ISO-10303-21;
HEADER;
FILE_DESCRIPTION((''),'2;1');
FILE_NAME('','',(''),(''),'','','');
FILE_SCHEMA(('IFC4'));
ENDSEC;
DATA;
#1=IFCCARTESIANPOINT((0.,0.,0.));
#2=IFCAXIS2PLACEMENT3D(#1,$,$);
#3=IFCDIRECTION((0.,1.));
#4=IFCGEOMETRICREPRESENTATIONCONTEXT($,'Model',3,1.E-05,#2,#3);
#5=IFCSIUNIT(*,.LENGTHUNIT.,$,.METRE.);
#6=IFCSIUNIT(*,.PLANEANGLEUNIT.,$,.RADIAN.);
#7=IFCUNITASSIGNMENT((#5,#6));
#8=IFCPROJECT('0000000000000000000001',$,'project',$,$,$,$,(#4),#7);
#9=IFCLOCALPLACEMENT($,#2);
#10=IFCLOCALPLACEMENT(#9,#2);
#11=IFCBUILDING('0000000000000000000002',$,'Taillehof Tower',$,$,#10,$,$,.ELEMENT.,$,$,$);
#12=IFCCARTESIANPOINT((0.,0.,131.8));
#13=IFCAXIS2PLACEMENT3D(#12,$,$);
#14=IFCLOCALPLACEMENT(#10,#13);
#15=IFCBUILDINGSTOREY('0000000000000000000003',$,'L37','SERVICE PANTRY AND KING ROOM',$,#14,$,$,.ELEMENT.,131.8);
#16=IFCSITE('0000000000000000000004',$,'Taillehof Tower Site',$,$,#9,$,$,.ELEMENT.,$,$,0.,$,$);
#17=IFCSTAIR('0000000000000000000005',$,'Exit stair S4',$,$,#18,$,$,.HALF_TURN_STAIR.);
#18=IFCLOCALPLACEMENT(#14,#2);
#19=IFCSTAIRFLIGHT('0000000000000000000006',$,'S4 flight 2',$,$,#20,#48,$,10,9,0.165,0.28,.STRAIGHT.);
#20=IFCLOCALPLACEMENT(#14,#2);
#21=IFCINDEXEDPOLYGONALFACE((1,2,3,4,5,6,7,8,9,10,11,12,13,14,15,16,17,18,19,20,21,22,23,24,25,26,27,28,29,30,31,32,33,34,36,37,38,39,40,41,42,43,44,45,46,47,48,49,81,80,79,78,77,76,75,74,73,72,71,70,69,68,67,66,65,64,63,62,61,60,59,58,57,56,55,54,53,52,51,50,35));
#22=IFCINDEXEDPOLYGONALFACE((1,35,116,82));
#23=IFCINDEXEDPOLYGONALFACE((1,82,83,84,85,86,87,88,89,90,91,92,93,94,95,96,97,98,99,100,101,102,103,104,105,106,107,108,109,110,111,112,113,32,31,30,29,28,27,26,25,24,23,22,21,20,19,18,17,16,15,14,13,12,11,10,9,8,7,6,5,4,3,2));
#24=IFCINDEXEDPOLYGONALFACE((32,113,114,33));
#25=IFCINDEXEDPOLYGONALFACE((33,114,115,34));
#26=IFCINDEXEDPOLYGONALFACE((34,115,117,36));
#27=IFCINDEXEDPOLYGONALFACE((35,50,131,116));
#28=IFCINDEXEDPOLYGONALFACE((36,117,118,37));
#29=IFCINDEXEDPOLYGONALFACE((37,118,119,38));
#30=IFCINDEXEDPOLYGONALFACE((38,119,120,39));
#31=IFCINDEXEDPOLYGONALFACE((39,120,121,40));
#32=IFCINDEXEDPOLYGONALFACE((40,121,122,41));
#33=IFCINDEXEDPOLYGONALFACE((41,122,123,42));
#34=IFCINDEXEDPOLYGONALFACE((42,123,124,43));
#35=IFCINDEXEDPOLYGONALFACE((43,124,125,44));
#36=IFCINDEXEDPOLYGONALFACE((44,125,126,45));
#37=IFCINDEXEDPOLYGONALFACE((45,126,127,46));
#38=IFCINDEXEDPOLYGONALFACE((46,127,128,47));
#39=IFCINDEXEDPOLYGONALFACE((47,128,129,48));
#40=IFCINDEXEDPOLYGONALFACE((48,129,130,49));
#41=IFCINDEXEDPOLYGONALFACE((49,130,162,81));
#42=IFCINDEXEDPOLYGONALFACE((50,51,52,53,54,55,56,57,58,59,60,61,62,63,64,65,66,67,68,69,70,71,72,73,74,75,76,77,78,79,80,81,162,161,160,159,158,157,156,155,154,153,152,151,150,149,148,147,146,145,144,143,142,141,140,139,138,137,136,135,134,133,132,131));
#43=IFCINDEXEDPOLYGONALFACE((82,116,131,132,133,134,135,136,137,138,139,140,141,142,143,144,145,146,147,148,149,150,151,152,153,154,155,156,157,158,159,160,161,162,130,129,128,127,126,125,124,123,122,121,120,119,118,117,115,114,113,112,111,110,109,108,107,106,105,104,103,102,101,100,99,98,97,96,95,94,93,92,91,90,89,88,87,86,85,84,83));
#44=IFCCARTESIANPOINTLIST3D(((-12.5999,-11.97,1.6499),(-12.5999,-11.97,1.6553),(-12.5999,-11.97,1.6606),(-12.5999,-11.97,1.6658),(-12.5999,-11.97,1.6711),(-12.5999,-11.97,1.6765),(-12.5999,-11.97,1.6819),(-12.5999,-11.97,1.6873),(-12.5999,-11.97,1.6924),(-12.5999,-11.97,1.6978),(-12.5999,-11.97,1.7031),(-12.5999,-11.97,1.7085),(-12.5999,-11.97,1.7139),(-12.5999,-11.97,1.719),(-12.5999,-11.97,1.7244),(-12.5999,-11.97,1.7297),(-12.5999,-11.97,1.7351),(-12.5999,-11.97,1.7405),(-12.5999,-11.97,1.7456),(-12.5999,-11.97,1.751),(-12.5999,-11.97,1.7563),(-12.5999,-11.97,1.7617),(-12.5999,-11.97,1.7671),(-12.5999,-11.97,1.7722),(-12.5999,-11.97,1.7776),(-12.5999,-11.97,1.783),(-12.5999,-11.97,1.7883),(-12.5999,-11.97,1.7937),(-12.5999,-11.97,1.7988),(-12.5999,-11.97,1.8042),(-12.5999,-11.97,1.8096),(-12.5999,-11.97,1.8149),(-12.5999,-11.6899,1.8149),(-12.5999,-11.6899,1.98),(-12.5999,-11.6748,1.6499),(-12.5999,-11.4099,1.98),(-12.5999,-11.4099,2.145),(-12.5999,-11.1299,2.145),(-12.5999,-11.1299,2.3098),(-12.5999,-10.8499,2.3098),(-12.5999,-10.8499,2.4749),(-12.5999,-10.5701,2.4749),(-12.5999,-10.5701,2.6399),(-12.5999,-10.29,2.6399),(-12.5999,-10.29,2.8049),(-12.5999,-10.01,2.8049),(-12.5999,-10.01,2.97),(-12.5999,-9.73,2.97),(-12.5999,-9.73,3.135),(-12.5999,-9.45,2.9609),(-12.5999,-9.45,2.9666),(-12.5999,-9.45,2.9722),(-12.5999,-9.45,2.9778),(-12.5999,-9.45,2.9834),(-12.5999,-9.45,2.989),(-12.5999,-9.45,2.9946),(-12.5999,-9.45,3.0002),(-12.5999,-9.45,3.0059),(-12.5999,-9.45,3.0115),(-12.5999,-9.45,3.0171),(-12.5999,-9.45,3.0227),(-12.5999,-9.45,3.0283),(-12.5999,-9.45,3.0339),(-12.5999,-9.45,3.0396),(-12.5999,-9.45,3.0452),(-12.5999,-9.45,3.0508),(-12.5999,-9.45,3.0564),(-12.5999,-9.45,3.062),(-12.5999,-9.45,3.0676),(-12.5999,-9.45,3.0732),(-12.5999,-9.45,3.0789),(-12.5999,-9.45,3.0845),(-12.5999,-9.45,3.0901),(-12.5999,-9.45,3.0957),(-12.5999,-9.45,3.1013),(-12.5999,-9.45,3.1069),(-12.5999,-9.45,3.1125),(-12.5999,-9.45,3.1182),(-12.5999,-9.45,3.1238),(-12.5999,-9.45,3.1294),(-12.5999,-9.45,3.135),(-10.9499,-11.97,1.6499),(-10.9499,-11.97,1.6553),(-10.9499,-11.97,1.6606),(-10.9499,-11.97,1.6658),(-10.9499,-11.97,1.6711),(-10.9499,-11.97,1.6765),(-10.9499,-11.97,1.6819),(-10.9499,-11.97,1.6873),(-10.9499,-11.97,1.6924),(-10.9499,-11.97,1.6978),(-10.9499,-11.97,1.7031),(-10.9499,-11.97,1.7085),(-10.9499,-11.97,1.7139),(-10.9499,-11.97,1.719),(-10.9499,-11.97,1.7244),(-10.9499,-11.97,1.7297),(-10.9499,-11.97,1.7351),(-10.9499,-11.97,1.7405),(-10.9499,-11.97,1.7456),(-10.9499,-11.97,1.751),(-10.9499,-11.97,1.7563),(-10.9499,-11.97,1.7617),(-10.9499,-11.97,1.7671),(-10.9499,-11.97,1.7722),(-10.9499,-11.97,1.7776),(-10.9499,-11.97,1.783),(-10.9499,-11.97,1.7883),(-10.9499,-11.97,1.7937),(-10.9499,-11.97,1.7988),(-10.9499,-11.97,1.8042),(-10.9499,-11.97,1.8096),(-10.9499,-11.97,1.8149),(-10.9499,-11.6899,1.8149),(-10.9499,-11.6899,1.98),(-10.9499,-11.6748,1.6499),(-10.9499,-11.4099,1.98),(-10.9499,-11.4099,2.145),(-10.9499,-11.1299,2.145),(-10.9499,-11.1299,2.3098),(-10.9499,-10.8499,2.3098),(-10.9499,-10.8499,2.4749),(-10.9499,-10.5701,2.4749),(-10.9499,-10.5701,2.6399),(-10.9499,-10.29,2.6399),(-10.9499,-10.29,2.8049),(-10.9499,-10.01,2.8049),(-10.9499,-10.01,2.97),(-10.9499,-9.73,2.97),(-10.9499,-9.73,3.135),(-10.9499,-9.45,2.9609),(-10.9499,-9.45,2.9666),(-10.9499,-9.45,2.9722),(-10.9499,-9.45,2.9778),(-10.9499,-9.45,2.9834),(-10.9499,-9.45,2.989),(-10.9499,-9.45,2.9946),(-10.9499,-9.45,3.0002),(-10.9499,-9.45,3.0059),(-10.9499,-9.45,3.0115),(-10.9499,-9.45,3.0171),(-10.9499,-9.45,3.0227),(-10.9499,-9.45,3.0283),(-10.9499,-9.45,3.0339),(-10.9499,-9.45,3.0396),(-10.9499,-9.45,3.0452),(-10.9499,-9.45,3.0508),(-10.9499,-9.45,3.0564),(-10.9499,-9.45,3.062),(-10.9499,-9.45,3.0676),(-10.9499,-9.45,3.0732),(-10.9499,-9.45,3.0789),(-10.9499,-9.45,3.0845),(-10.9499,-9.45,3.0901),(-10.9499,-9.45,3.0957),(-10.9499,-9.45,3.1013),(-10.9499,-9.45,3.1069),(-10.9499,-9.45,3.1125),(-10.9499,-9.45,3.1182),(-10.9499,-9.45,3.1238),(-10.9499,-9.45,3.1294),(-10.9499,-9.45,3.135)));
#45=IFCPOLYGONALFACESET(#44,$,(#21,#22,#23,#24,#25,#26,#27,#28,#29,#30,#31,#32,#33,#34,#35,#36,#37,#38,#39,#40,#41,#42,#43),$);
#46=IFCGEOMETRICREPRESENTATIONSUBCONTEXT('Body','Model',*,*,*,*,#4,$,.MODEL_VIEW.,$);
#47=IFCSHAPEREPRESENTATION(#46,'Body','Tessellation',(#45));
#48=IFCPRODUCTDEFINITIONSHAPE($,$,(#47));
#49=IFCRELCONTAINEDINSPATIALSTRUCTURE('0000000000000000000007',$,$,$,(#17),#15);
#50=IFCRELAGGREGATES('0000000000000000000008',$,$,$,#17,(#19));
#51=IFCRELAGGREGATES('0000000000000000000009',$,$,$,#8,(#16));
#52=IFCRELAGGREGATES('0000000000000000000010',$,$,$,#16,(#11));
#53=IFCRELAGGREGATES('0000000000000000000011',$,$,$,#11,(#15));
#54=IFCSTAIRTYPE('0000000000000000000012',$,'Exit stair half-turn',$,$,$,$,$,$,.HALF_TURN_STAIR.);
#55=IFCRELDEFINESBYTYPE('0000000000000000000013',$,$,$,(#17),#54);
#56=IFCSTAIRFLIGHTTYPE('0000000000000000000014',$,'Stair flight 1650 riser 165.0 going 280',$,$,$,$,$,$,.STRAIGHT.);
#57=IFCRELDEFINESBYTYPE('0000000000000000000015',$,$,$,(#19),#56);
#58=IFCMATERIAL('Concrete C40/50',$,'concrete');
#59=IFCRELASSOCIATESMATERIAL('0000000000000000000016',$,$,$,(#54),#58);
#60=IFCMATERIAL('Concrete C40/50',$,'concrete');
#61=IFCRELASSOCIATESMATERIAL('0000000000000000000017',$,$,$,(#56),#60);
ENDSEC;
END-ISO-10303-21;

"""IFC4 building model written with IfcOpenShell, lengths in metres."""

from ifc_helpers import new_model, si_unit, direction, frame, origin, place, context, subcontext, project, spatial, polyline, outline, extrude, material, type_object, element, aggregate, save


model = new_model("IFC4")

# Units and contexts
model_context = context("Model", 3, precision=1e-05, world=origin(), true_north=direction((0.0, 1.0)))
body_context = subcontext(model_context, "Body", "Model", "MODEL_VIEW")
ifc_project = project(units=[si_unit("LENGTHUNIT", "METRE"), si_unit("PLANEANGLEUNIT", "RADIAN")], contexts=[model_context])

# Site, building, storey
site_placement = place(None, origin())
site = spatial("IfcSite", under=ifc_project, at=site_placement, Name="Taillehof Tower Site", CompositionType="ELEMENT", RefElevation=0.0)
building_placement = place(site_placement, origin())
building = spatial("IfcBuilding", under=site, at=building_placement, Name="Taillehof Tower", CompositionType="ELEMENT")
storey_placement = place(building_placement, frame((0.0, 0.0, 131.8)))
storey = spatial("IfcBuildingStorey", under=building, at=storey_placement, Name="L37", Description="SERVICE PANTRY AND KING ROOM", CompositionType="ELEMENT", Elevation=131.8)

# Stair, stair flight
ifc_material_1 = material(Name="Concrete C40/50", Category="concrete")
stair_type = type_object("IfcStairType", Name="Exit stair half-turn", PredefinedType="HALF_TURN_STAIR", material=ifc_material_1)
stair_placement = place(storey_placement, origin())
stair = element("IfcStair", 1, at=stair_placement, inside=storey, type_object=stair_type, Name="Exit stair S4", PredefinedType="HALF_TURN_STAIR")
ifc_material_2 = material(Name="Concrete C40/50", Category="concrete")
stair_flight_type = type_object("IfcStairFlightType", Name="Stair flight 1650 riser 165.0 going 280", PredefinedType="STRAIGHT", material=ifc_material_2)
stair_flight_1_placement = place(storey_placement, frame((-11.7749, -11.97, 1.6499), z_axis=(0.0, 0.0, 1.0), x_axis=(0.0, 1.0, 0.0)))
stair_flight_1 = element("IfcStairFlight", 2, at=stair_flight_1_placement, type_object=stair_flight_type, Name="S4 flight 2", NumberOfRisers=10, NumberOfTreads=9, PredefinedType="STRAIGHT", RiserHeight=0.165, TreadLength=0.28, context=body_context, shape_type="SweptSolid", body=[
    extrude(outline(polyline([(0.0, 0.0), (0.0, 0.0054), (0.0, 0.0107), (0.0, 0.0159), (0.0, 0.0212), (0.0, 0.0266), (0.0, 0.032), (0.0, 0.0374), (0.0, 0.0425), (0.0, 0.0479), (0.0, 0.0532), (0.0, 0.0586), (0.0, 0.064), (0.0, 0.0691), (0.0, 0.0745), (0.0, 0.0798), (0.0, 0.0852), (0.0, 0.0906), (0.0, 0.0957), (0.0, 0.1011), (0.0, 0.1064), (0.0, 0.1118), (0.0, 0.1172), (0.0, 0.1223), (0.0, 0.1277), (0.0, 0.1331), (0.0, 0.1384), (0.0, 0.1438), (0.0, 0.1489), (0.0, 0.1543), (0.0, 0.1597), (0.0, 0.165), (0.28, 0.165), (0.28, 0.3301), (0.5601, 0.3301), (0.5601, 0.4951), (0.8401, 0.4951), (0.8401, 0.6599), (1.1201, 0.6599), (1.1201, 0.825), (1.3999, 0.825), (1.3999, 0.99), (1.6799, 0.99), (1.6799, 1.155), (1.96, 1.155), (1.96, 1.3201), (2.24, 1.3201), (2.24, 1.4851), (2.52, 1.4851), (2.52, 1.4795), (2.52, 1.4739), (2.52, 1.4683), (2.52, 1.4626), (2.52, 1.457), (2.52, 1.4514), (2.52, 1.4458), (2.52, 1.4402), (2.52, 1.4346), (2.52, 1.429), (2.52, 1.4233), (2.52, 1.4177), (2.52, 1.4121), (2.52, 1.4065), (2.52, 1.4009), (2.52, 1.3953), (2.52, 1.3896), (2.52, 1.384), (2.52, 1.3784), (2.52, 1.3728), (2.52, 1.3672), (2.52, 1.3616), (2.52, 1.356), (2.52, 1.3503), (2.52, 1.3447), (2.52, 1.3391), (2.52, 1.3335), (2.52, 1.3279), (2.52, 1.3223), (2.52, 1.3167), (2.52, 1.311), (0.2952, 0.0), (0.0, 0.0)])), frame((0.0, 0.825, 0.0), z_axis=(0.0, -1.0, 0.0), x_axis=(1.0, 0.0, 0.0)), (0.0, 0.0, 1.0), 1.65),
])
aggregate(stair, [stair_flight_1])

save(model, "model.ifc")
